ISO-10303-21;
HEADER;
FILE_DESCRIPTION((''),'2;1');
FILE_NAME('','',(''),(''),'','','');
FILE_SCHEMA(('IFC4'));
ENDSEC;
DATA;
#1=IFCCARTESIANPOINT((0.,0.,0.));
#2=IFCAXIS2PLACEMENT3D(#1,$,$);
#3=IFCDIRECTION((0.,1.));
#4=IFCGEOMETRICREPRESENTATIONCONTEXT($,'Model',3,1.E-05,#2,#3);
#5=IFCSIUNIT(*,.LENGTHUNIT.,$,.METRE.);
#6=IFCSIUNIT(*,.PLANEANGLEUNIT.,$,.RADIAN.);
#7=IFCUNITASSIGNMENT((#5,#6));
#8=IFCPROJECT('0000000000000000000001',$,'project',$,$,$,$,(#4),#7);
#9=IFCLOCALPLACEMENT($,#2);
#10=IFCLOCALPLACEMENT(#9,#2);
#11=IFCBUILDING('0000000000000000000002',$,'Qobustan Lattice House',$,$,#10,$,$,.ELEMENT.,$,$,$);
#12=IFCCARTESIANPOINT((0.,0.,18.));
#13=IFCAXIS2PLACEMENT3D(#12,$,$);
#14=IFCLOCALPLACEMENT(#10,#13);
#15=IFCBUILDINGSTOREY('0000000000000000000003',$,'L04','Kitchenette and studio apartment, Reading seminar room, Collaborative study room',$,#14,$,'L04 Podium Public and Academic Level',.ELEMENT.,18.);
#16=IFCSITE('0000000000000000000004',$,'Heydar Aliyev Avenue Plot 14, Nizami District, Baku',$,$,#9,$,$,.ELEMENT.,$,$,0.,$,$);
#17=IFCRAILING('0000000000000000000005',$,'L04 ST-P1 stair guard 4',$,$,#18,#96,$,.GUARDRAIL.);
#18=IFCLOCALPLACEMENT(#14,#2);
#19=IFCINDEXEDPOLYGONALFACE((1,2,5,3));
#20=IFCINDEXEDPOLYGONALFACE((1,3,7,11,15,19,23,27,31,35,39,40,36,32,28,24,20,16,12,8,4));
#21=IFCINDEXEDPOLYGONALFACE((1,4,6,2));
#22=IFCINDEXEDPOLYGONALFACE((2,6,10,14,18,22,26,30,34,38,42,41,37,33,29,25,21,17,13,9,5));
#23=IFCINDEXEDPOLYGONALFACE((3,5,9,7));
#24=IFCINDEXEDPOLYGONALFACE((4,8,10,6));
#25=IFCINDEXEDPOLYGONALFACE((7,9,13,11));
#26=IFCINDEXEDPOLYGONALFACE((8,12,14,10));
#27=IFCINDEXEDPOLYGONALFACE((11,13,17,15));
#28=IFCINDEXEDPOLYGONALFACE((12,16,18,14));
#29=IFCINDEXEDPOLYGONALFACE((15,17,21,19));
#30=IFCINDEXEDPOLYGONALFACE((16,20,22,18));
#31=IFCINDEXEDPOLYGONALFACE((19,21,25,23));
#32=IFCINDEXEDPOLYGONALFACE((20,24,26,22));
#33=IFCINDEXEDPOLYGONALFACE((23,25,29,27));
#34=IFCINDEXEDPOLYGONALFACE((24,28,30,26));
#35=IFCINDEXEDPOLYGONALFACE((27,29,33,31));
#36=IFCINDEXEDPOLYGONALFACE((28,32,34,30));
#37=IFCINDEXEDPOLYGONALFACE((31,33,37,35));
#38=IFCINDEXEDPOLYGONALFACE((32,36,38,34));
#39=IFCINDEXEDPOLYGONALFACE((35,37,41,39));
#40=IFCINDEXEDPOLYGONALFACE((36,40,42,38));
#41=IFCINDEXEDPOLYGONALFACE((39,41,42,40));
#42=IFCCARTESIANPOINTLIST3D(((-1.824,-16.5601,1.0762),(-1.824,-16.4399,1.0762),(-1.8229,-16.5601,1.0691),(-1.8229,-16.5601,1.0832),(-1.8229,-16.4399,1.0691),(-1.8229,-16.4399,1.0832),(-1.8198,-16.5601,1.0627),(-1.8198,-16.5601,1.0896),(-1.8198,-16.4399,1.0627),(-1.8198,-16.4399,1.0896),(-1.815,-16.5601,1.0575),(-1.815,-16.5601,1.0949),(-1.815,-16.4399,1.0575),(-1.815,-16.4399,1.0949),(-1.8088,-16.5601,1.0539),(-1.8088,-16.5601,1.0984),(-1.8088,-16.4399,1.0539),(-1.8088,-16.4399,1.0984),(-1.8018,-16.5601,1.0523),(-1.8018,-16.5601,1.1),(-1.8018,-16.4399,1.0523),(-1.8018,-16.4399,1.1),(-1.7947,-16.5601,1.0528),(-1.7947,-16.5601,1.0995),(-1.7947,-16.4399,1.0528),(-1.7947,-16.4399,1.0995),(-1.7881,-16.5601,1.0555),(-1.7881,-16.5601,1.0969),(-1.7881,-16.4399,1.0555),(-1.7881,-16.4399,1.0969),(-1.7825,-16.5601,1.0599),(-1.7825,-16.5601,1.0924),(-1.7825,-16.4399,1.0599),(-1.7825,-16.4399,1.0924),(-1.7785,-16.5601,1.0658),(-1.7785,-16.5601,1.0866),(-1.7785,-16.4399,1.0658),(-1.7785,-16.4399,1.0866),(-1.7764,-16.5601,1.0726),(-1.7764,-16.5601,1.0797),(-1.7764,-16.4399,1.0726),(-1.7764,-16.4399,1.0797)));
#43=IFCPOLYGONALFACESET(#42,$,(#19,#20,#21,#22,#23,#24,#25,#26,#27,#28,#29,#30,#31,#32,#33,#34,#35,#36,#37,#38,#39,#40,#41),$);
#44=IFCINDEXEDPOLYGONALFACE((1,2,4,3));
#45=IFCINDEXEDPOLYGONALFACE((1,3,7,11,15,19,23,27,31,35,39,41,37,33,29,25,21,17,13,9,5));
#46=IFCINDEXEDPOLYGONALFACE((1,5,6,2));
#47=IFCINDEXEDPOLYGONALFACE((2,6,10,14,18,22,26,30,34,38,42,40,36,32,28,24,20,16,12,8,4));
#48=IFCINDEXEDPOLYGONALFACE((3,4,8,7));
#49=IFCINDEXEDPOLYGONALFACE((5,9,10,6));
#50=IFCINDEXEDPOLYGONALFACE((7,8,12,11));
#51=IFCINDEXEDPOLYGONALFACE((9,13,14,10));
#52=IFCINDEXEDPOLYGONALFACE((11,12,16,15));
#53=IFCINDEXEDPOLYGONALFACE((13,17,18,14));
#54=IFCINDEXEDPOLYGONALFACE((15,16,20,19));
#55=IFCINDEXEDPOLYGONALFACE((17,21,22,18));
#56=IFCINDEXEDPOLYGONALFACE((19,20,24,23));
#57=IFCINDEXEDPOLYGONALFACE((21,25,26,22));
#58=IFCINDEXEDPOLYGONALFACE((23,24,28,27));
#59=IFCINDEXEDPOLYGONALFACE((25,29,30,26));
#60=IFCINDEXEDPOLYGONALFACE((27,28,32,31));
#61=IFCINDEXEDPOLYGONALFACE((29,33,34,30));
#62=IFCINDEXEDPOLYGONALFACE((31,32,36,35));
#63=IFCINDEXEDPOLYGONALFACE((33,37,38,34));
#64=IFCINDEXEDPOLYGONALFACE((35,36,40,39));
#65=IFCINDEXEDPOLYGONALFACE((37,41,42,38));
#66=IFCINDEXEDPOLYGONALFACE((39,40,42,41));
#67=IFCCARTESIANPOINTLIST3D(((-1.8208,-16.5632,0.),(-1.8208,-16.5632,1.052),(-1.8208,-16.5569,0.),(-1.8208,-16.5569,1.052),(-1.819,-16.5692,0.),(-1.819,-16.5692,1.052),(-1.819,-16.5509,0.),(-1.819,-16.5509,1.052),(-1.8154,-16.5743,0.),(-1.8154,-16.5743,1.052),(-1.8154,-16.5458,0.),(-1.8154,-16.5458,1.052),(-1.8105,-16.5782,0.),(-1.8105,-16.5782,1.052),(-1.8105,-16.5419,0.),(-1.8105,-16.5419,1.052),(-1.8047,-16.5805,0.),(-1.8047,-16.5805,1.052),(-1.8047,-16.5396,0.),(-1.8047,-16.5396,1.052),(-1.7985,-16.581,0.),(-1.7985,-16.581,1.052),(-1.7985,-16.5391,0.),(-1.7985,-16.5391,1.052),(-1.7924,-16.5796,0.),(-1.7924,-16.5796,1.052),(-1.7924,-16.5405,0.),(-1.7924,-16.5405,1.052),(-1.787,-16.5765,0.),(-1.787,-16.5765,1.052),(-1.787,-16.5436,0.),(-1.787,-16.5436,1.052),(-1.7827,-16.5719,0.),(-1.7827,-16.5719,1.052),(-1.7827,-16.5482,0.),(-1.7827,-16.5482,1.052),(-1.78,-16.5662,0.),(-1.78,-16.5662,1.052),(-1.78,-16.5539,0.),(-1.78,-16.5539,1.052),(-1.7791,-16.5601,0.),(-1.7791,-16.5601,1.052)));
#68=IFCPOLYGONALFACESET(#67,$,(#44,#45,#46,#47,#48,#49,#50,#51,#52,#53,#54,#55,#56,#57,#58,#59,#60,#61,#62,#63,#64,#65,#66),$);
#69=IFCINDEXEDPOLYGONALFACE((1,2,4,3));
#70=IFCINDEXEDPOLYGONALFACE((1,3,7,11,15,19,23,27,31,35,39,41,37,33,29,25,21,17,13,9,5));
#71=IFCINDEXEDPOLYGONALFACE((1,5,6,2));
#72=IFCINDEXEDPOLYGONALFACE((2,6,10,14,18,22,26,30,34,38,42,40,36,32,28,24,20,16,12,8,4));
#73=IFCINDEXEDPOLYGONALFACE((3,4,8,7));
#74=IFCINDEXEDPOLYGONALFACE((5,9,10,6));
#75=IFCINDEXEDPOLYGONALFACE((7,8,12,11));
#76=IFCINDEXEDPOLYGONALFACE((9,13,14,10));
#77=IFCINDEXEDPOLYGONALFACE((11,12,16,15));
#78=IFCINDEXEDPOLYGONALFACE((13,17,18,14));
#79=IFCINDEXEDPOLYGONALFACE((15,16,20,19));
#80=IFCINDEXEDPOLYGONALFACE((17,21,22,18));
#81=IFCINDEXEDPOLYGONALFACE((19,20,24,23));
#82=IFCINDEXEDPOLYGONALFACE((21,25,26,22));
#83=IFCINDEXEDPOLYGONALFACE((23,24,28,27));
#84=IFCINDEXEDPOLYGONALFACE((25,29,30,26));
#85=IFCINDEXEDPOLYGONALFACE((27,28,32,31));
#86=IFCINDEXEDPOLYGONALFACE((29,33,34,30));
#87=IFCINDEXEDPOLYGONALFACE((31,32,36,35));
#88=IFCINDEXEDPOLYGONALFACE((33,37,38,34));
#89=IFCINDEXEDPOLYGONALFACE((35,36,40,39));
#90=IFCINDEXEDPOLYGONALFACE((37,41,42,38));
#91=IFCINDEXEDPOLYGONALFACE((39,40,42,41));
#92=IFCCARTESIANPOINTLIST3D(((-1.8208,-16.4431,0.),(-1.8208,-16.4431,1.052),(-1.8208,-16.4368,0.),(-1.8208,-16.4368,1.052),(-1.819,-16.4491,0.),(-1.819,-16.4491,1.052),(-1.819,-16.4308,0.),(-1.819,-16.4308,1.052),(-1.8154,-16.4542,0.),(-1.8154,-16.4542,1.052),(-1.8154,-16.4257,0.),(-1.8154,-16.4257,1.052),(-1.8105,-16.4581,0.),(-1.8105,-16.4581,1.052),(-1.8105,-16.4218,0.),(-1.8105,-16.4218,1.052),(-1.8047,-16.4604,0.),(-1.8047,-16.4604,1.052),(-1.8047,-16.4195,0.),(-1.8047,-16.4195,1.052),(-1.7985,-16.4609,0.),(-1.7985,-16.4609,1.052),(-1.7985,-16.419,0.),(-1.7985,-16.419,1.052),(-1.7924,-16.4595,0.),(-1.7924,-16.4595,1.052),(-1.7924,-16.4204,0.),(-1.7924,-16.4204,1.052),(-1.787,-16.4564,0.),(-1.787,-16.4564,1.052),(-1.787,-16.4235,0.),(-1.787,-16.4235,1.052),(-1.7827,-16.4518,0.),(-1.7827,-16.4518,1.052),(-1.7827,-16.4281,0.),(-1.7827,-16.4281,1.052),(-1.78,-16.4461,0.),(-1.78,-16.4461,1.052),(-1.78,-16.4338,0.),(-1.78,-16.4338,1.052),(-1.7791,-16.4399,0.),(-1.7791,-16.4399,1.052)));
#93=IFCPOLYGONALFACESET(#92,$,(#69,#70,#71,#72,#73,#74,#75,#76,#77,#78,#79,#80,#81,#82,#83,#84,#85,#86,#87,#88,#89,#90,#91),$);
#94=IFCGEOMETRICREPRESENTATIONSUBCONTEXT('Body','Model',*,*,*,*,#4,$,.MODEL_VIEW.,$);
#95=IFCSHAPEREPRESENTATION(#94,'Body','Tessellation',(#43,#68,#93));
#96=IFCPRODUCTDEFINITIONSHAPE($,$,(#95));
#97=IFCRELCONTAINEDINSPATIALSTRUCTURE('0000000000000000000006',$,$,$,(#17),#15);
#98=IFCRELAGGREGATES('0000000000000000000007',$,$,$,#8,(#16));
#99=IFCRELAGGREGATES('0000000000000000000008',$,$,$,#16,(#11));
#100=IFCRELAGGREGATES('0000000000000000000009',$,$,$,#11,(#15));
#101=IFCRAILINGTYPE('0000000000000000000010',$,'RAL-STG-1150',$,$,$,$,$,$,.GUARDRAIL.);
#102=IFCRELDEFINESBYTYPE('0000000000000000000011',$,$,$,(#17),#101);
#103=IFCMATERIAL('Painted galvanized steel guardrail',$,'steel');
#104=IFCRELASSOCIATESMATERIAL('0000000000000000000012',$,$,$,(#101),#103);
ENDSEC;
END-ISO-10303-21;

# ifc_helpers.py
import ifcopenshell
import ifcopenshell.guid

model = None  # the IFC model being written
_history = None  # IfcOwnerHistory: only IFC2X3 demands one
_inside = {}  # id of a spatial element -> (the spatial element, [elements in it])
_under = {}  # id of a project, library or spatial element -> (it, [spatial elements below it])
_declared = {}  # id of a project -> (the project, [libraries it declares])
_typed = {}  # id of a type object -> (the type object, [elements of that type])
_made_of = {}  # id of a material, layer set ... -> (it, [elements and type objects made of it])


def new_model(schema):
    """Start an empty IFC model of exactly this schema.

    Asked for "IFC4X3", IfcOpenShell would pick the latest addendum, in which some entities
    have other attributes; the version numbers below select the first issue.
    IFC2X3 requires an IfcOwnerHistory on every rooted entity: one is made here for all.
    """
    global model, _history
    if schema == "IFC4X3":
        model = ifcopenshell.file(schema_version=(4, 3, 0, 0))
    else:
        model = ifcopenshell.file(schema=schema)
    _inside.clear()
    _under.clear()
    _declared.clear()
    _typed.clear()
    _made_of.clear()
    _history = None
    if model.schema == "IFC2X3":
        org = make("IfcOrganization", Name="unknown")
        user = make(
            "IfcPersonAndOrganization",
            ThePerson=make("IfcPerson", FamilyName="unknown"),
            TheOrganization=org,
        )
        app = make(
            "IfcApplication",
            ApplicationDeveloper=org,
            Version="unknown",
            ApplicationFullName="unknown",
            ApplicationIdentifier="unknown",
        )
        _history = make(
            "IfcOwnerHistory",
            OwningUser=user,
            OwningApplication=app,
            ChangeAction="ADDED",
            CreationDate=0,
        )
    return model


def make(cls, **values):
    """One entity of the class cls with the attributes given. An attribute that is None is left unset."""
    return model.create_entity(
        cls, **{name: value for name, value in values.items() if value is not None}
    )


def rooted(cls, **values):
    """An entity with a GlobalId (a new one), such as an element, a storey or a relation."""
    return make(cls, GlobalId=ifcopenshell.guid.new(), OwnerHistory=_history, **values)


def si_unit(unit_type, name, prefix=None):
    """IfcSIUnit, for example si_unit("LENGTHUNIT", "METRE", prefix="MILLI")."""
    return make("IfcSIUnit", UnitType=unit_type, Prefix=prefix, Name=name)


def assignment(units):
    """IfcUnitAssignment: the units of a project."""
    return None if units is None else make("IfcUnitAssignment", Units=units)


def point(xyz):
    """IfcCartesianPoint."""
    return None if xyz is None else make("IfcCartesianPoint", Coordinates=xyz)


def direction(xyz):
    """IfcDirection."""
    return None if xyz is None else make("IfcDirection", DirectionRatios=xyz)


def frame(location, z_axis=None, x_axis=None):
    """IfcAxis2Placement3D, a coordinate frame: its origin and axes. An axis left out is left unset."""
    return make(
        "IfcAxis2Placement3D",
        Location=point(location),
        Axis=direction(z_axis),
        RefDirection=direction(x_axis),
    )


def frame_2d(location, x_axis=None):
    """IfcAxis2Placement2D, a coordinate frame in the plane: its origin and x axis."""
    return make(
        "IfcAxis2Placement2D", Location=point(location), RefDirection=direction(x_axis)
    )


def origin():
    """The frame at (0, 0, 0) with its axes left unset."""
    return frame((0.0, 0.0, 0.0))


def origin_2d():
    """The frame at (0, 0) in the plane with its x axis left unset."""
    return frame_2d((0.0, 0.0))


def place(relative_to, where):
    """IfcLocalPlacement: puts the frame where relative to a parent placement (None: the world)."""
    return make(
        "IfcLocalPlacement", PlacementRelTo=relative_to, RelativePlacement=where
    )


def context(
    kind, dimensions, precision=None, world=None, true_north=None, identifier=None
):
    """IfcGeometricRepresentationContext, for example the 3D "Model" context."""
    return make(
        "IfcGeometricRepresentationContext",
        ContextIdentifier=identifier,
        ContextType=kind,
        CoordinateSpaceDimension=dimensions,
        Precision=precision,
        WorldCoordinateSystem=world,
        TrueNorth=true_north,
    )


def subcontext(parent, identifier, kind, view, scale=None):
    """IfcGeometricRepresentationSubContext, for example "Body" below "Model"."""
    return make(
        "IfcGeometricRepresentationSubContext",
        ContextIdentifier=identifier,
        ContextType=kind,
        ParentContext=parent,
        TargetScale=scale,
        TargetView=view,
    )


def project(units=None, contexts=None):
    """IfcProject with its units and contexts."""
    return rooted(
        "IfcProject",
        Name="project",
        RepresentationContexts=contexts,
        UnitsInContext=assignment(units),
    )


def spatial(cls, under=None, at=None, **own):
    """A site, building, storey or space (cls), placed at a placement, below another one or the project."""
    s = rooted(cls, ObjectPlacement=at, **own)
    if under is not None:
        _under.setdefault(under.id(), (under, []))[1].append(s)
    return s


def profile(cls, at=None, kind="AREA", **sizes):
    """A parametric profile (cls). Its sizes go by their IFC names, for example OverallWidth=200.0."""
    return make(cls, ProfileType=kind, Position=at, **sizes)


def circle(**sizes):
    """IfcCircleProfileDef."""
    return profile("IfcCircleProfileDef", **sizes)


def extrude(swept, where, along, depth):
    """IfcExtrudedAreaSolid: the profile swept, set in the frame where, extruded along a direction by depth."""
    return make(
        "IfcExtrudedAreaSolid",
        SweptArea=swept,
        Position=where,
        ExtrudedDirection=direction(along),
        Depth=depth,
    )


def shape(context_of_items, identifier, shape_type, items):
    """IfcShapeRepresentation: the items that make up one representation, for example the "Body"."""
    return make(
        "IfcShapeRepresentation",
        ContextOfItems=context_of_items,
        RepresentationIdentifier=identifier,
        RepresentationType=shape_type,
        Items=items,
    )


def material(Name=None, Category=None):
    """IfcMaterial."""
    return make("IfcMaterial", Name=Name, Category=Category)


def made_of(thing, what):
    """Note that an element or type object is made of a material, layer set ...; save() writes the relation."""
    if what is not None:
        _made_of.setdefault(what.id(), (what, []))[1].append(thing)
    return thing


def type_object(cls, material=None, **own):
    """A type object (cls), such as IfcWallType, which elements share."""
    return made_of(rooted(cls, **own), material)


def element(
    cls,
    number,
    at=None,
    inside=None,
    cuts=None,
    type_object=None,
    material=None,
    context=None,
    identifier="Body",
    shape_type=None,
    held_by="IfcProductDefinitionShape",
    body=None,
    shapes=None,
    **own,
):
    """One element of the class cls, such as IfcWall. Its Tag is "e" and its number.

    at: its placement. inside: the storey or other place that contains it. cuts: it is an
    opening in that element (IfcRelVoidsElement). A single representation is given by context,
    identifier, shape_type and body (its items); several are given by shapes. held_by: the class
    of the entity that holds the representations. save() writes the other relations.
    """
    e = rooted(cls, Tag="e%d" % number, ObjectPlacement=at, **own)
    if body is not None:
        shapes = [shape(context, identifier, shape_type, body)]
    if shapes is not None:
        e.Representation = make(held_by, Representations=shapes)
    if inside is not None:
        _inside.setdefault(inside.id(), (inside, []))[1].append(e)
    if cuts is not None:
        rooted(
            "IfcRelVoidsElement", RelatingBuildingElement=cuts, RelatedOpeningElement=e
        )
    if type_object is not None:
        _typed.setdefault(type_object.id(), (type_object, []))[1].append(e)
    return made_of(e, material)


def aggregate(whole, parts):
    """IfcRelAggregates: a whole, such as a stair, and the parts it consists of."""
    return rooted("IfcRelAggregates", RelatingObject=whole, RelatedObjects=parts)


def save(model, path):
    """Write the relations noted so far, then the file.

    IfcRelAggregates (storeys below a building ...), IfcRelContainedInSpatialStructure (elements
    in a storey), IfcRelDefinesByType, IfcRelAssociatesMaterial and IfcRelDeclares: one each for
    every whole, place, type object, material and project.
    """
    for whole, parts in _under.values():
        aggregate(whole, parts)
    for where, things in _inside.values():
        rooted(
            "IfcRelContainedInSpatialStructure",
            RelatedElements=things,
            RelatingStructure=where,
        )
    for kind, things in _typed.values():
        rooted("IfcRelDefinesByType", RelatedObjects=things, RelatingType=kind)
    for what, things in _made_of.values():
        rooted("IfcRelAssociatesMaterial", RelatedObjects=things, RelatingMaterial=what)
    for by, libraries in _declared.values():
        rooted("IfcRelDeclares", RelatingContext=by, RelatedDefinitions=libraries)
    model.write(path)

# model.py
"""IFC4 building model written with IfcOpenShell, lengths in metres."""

from ifc_helpers import new_model, si_unit, direction, frame, origin, origin_2d, place, context, subcontext, project, spatial, circle, extrude, material, type_object, element, save


model = new_model("IFC4")

# Units and contexts
model_context = context("Model", 3, precision=1e-05, world=origin(), true_north=direction((0.0, 1.0)))
body_context = subcontext(model_context, "Body", "Model", "MODEL_VIEW")
ifc_project = project(units=[si_unit("LENGTHUNIT", "METRE"), si_unit("PLANEANGLEUNIT", "RADIAN")], contexts=[model_context])

# Site, building, storey
site_placement = place(None, origin())
site = spatial("IfcSite", under=ifc_project, at=site_placement, Name="Heydar Aliyev Avenue Plot 14, Nizami District, Baku", CompositionType="ELEMENT", RefElevation=0.0)
building_placement = place(site_placement, origin())
building = spatial("IfcBuilding", under=site, at=building_placement, Name="Qobustan Lattice House", CompositionType="ELEMENT")
storey_placement = place(building_placement, frame((0.0, 0.0, 18.0)))
storey = spatial("IfcBuildingStorey", under=building, at=storey_placement, Name="L04", Description="Kitchenette and studio apartment, Reading seminar room, Collaborative study room", LongName="L04 Podium Public and Academic Level", CompositionType="ELEMENT", Elevation=18.0)

# Railing
ifc_material_1 = material(Name="Painted galvanized steel guardrail", Category="steel")
railing_type_1 = type_object("IfcRailingType", Name="RAL-STG-1150", PredefinedType="GUARDRAIL", material=ifc_material_1)
railing_1_placement = place(storey_placement, frame((-1.8, -16.5601, 0.0)))
element("IfcRailing", 1, at=railing_1_placement, inside=storey, type_object=railing_type_1, Name="L04 ST-P1 stair guard 4", PredefinedType="GUARDRAIL", context=body_context, shape_type="SweptSolid", body=[
    extrude(circle(Radius=0.0239, at=origin_2d()), frame((0.0, 0.0, 1.0762), z_axis=(0.0, 1.0, 0.0), x_axis=(-1.0, 0.0, 0.0)), (0.0, 0.0, 1.0), 0.1201),
    extrude(circle(Radius=0.021, at=origin_2d()), origin(), (0.0, 0.0, 1.0), 1.052),
    extrude(circle(Radius=0.021, at=origin_2d()), frame((0.0, 0.1201, 0.0)), (0.0, 0.0, 1.0), 1.052),
])

save(model, "model.ifc")
